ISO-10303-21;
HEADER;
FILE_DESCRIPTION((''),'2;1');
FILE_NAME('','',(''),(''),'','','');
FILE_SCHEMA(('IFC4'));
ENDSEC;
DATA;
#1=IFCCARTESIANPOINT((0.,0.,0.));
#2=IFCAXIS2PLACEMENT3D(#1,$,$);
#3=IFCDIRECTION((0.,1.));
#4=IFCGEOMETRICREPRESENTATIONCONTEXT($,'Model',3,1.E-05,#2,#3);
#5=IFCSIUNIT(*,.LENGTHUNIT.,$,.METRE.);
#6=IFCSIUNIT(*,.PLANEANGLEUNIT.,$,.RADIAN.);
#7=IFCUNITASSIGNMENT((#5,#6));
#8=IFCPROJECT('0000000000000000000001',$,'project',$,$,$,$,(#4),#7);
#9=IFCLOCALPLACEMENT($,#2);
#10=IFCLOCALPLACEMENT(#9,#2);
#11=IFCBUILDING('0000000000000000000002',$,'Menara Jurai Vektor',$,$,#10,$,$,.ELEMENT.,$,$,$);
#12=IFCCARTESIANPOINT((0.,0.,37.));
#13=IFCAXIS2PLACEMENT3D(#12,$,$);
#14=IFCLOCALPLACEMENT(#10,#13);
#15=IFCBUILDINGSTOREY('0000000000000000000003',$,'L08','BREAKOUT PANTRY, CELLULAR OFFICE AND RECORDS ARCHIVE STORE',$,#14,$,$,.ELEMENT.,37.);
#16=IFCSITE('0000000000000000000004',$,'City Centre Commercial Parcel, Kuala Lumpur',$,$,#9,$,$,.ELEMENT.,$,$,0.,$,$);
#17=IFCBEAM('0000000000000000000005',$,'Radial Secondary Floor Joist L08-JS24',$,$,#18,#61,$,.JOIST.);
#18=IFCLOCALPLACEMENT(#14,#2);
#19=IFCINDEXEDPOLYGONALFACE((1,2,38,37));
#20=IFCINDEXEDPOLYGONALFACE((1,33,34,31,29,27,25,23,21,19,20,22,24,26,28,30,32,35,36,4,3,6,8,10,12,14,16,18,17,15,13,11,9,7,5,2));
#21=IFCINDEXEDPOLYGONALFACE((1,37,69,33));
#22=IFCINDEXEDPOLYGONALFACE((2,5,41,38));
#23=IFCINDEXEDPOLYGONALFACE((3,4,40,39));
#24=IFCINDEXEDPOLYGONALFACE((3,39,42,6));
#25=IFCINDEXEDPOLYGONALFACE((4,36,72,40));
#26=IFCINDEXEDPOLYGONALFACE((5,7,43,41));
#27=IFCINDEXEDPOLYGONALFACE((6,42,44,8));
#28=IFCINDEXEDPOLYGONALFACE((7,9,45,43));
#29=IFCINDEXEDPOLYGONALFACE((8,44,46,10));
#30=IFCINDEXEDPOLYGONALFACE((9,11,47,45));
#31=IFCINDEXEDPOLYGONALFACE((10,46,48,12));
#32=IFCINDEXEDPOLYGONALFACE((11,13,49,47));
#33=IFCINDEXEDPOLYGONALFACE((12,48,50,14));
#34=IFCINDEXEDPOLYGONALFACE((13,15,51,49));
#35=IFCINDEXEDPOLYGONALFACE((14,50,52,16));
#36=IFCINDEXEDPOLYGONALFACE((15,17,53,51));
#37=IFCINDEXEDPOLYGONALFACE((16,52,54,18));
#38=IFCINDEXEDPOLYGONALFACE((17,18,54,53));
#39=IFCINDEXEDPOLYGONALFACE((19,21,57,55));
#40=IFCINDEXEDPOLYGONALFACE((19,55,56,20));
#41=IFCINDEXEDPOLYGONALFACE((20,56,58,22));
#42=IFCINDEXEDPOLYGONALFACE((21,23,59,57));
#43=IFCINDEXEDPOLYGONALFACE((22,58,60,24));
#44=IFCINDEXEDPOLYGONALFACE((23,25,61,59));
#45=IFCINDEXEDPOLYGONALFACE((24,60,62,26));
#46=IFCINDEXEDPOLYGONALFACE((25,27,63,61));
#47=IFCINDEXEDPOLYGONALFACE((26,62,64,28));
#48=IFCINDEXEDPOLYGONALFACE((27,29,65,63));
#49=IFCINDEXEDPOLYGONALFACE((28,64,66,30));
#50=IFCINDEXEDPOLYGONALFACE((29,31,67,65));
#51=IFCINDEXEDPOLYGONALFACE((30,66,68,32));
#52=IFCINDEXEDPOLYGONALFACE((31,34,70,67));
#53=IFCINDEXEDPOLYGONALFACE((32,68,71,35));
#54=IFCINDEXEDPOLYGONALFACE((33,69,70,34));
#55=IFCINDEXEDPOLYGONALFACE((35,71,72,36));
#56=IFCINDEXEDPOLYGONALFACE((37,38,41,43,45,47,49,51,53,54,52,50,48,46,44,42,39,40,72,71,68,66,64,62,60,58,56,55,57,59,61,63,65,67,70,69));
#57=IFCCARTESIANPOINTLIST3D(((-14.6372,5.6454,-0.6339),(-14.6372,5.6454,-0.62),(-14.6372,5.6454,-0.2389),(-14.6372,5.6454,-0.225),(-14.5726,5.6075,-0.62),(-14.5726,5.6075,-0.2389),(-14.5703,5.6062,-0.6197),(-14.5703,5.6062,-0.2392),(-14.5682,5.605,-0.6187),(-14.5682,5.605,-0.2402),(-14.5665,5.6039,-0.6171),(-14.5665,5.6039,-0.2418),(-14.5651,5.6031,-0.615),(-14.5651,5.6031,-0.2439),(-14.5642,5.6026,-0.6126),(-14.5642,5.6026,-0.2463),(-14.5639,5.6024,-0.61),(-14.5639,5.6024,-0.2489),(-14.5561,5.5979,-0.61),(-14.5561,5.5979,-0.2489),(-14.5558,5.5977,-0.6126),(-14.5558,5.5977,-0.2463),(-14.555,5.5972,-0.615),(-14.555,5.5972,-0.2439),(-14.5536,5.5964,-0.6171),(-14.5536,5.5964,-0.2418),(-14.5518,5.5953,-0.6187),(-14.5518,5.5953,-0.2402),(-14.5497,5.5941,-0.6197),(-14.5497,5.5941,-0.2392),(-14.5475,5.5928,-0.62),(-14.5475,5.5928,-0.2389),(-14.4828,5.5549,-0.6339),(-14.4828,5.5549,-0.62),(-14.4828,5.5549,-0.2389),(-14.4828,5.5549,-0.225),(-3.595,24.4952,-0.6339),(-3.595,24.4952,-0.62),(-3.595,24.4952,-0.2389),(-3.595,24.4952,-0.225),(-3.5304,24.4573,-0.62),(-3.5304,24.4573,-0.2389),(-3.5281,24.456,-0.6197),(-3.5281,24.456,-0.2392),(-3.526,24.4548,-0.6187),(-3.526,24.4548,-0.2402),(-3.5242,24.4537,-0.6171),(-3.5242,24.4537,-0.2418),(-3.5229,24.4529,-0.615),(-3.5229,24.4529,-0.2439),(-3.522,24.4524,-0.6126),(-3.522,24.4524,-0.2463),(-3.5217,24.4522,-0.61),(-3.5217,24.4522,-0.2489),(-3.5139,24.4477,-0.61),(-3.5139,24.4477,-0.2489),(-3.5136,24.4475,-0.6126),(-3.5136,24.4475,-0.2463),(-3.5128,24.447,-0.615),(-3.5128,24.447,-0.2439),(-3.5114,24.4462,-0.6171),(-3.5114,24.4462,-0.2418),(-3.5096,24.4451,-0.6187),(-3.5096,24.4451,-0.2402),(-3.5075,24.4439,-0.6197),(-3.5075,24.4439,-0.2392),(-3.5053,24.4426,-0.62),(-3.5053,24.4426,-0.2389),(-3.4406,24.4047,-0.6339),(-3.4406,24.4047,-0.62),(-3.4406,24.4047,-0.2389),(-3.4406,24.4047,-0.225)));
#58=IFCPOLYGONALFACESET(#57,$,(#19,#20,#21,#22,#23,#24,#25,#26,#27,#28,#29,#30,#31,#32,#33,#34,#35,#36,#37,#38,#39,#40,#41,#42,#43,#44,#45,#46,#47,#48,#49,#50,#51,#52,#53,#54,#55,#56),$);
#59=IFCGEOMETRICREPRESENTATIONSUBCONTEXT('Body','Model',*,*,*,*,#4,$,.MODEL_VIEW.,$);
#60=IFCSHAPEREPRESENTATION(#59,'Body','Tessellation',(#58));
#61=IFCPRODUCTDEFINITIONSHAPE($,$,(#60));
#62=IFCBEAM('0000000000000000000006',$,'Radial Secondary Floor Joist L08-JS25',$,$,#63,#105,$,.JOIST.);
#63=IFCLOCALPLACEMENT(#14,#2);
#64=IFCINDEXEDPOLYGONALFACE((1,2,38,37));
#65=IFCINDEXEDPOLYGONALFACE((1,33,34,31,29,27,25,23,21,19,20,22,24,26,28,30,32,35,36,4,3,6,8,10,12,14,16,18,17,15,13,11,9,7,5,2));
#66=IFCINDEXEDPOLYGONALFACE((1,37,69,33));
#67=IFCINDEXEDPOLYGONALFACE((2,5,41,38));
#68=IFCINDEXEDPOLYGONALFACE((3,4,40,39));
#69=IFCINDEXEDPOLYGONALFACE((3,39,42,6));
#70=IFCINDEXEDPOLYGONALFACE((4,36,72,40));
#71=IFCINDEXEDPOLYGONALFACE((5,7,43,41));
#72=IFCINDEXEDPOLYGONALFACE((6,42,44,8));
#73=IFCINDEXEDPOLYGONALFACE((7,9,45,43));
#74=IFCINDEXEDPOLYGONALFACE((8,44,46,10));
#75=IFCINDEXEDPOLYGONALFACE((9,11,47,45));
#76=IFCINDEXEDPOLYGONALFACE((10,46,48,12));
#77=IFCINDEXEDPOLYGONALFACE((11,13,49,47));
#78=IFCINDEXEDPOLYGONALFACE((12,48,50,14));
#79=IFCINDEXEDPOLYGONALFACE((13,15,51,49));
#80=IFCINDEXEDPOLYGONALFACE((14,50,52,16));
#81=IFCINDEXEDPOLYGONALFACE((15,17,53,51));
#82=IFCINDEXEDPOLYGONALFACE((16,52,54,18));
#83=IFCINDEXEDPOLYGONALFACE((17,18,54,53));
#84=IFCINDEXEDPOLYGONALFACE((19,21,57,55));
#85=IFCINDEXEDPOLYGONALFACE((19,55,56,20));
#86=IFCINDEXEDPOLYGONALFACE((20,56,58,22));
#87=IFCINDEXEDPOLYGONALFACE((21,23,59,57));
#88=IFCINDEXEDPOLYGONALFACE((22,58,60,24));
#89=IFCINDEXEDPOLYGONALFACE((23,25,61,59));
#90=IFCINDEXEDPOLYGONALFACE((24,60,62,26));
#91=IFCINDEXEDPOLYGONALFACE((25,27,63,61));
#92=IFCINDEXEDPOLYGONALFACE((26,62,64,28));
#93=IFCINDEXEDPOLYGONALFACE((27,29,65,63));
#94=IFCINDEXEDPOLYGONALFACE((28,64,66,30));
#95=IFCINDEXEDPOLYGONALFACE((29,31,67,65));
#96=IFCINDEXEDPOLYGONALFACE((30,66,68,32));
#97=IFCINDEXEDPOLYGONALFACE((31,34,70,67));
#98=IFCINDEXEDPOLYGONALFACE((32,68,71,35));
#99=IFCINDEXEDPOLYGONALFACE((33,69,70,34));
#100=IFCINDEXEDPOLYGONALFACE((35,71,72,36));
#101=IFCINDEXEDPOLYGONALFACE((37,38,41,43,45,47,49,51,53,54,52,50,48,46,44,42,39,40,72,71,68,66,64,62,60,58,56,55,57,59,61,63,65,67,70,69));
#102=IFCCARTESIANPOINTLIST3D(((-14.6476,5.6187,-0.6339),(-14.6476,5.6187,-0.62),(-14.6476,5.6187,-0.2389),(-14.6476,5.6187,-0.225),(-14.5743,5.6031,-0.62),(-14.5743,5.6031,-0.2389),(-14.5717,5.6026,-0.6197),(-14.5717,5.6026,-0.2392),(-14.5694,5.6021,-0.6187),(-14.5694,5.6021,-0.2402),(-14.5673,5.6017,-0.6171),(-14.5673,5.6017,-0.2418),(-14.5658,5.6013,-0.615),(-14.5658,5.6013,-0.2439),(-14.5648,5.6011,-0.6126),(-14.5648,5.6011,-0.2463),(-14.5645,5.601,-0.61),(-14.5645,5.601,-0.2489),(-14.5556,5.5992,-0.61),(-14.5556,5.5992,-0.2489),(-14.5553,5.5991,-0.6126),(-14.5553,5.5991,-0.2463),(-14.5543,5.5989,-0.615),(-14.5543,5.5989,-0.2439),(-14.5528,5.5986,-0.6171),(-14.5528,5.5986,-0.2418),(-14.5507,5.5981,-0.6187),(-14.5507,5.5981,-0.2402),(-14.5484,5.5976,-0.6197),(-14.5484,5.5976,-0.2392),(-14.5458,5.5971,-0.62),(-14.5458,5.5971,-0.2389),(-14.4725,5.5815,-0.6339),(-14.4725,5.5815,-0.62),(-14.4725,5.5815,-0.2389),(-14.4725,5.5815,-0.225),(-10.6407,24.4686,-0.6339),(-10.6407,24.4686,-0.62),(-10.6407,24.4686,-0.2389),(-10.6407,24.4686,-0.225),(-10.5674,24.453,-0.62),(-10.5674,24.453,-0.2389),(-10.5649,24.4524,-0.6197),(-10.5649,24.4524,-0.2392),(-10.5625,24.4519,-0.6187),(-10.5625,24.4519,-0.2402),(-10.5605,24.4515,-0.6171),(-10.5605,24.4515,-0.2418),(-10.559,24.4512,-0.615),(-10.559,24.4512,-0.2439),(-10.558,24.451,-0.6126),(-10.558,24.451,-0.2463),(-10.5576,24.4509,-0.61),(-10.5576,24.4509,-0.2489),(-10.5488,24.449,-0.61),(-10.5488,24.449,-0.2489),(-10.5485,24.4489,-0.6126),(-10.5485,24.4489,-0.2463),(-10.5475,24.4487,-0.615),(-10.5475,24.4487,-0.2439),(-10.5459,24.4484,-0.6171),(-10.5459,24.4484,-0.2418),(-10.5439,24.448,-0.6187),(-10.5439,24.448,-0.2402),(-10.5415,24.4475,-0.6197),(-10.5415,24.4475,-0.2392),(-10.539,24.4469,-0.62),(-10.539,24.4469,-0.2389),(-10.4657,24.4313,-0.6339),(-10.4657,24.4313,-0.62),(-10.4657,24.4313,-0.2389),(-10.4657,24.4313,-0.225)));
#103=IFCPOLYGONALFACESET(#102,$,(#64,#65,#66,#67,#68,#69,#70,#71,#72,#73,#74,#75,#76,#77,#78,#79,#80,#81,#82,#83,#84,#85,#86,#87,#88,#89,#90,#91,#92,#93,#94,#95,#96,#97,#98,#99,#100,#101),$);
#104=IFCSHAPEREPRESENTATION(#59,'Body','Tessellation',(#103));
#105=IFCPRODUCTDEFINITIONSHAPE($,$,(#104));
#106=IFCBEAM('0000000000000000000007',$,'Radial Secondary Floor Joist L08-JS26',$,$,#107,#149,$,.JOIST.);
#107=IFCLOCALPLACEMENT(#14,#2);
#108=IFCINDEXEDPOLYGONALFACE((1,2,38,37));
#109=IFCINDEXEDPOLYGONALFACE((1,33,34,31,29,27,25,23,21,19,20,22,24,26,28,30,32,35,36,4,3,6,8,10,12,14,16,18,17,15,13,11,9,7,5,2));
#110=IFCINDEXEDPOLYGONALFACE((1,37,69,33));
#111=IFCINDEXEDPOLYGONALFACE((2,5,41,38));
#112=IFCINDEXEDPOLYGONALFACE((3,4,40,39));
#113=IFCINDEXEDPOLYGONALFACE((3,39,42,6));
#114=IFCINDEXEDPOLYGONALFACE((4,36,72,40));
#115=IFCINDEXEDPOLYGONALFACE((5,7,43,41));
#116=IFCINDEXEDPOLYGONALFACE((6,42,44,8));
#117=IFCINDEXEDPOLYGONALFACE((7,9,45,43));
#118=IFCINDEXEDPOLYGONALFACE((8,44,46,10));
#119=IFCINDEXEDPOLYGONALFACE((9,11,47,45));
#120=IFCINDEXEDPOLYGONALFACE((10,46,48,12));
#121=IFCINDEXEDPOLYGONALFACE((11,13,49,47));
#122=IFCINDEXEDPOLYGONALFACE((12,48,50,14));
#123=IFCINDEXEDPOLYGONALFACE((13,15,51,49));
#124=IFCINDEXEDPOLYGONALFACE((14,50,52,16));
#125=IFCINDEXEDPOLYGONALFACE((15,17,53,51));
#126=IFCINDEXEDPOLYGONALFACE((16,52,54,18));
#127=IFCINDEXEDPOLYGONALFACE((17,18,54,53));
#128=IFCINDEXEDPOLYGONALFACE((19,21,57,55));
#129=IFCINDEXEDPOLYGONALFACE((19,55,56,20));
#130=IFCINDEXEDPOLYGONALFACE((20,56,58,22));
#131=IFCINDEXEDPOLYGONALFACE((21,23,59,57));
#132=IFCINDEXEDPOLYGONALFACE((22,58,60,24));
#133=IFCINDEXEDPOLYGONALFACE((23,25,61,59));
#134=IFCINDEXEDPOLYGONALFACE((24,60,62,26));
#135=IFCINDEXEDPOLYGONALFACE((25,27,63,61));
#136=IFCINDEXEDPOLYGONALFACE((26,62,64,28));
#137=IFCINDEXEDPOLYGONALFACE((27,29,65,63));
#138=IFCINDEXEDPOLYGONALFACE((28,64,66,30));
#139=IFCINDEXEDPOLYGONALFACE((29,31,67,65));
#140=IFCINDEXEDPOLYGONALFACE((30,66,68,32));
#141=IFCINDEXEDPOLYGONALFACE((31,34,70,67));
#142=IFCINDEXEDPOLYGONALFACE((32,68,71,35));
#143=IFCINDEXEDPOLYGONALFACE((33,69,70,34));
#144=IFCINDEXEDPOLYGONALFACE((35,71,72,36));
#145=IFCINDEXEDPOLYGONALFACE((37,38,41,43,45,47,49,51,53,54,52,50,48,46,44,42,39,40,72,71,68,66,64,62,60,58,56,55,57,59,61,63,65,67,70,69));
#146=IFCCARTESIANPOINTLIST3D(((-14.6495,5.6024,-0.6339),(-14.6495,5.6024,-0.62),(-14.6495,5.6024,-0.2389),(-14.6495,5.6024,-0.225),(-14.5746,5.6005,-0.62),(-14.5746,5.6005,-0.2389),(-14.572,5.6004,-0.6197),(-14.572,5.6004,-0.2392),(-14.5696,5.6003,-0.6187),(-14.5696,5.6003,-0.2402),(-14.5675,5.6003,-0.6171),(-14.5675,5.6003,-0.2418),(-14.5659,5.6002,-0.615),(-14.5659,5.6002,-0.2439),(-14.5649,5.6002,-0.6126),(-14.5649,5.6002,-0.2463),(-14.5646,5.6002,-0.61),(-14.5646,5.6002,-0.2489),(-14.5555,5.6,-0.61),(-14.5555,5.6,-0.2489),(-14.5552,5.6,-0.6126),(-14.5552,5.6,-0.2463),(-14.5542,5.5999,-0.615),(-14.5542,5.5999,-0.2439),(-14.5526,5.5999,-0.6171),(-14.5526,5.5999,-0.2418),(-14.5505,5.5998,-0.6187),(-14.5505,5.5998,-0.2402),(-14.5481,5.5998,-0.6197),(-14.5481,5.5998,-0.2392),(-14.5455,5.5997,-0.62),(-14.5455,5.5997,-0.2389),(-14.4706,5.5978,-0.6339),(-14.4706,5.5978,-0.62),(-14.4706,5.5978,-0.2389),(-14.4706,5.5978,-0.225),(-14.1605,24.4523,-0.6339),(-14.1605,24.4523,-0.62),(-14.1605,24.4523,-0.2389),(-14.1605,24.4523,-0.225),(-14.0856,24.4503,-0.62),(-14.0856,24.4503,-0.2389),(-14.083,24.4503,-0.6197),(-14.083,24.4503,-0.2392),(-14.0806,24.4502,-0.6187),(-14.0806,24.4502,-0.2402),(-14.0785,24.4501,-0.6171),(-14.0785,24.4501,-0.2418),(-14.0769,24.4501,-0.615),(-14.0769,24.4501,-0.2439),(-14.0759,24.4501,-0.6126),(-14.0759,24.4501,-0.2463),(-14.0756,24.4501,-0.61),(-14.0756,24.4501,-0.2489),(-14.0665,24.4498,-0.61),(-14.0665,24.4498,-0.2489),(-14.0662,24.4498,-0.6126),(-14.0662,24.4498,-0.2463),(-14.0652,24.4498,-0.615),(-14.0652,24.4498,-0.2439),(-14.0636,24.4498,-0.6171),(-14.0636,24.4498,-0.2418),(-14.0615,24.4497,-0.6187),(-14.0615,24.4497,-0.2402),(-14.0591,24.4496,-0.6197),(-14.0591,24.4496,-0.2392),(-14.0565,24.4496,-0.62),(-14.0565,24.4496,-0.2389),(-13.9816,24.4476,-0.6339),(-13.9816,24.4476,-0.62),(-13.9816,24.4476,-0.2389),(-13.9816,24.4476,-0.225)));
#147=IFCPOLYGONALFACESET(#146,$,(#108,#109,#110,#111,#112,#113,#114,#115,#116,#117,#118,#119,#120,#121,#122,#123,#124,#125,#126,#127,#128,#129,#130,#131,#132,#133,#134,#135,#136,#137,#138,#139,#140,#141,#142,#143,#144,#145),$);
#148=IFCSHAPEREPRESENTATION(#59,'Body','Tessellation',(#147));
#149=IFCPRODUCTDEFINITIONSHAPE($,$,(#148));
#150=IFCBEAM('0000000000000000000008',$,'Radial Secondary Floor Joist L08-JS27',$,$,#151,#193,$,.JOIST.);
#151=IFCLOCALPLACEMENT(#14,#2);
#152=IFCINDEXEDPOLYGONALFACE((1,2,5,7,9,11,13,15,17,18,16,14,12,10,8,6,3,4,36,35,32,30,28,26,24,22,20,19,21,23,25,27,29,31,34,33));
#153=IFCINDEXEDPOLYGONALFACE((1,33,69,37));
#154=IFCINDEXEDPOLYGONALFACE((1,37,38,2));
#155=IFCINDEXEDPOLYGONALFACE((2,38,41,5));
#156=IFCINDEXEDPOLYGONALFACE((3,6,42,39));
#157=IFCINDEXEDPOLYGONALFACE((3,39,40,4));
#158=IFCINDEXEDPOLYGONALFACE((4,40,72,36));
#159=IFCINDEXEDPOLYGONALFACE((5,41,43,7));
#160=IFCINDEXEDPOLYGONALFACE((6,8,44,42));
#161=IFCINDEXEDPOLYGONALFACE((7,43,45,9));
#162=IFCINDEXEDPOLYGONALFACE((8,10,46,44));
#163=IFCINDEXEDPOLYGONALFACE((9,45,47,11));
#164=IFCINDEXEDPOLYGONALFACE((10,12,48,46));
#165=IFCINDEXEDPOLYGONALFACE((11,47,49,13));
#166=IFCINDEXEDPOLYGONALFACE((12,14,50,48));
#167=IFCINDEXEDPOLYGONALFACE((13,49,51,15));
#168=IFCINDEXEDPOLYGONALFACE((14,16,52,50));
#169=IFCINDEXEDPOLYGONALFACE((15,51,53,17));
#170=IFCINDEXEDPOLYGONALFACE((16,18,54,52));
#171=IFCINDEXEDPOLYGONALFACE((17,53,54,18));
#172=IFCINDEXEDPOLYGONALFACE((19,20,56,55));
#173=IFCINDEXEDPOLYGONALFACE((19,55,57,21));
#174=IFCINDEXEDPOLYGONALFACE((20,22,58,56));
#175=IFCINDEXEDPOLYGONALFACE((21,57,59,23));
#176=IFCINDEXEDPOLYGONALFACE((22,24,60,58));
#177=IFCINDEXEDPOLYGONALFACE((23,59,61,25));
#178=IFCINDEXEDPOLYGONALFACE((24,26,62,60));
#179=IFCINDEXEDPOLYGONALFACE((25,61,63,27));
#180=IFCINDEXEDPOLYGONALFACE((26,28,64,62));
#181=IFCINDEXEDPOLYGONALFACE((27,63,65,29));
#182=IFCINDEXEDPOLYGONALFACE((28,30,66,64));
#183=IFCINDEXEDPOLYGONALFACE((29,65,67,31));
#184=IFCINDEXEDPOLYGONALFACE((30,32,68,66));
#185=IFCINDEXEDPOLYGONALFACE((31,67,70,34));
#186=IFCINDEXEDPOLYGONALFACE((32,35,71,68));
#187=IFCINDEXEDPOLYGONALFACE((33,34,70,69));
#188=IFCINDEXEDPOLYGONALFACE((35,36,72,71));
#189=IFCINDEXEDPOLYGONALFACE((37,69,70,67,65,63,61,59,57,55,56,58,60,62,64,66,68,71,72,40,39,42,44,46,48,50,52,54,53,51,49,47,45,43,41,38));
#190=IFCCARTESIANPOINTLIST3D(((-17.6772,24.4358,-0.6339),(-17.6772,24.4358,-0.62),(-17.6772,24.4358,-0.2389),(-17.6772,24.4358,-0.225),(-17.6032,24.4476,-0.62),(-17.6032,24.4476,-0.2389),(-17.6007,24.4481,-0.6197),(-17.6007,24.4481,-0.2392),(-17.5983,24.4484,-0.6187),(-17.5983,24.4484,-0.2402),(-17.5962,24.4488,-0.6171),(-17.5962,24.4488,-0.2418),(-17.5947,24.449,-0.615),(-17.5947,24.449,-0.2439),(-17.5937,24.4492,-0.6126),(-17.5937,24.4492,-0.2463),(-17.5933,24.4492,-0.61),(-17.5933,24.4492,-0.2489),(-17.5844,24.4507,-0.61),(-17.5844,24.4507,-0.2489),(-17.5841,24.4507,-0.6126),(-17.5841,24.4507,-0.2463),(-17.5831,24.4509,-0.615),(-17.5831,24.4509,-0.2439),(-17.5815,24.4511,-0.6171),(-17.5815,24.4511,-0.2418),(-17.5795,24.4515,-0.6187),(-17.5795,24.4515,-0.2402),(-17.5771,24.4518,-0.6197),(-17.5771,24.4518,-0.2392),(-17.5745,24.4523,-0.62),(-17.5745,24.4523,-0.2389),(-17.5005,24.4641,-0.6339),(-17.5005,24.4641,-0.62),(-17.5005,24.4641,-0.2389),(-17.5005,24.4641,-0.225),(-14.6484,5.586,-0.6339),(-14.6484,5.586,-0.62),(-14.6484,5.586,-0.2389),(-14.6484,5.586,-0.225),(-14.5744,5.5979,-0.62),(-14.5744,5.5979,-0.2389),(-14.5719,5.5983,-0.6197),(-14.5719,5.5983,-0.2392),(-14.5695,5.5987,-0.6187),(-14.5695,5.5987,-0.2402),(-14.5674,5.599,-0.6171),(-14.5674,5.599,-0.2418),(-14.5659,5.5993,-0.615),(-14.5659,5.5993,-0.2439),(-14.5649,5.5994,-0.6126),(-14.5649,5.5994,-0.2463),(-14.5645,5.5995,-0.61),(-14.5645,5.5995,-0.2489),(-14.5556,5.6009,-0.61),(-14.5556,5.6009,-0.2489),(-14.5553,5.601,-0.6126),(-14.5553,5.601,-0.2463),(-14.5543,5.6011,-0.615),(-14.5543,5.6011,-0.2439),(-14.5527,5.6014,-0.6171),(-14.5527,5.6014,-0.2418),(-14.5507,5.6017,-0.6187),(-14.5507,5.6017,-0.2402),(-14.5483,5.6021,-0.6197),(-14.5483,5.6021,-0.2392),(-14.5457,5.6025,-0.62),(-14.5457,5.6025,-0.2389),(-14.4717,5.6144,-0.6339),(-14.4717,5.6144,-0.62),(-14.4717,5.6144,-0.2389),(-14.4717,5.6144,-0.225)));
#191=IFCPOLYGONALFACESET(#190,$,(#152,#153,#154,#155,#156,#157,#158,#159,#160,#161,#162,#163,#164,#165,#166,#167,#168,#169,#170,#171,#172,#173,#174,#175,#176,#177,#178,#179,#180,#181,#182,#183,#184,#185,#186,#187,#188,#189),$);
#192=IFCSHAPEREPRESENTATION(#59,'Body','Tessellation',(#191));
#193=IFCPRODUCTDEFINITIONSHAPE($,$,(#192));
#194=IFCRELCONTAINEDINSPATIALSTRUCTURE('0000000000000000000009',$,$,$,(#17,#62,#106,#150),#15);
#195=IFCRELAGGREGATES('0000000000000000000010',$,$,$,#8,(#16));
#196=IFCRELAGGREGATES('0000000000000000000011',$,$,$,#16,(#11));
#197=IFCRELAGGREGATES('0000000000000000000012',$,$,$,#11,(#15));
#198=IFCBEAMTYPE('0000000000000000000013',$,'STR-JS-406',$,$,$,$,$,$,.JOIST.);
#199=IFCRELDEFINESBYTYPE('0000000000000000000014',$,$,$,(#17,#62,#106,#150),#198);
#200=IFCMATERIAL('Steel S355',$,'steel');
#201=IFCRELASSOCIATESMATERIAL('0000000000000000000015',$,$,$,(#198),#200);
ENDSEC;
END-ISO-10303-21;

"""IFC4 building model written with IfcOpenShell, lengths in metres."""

from ifc_helpers import new_model, si_unit, direction, frame, origin, origin_2d, place, context, subcontext, project, spatial, i_section, extrude, material, material_profile, profile_set, type_object, element, save


model = new_model("IFC4")

# Units and contexts
model_context = context("Model", 3, precision=1e-05, world=origin(), true_north=direction((0.0, 1.0)))
body_context = subcontext(model_context, "Body", "Model", "MODEL_VIEW")
ifc_project = project(units=[si_unit("LENGTHUNIT", "METRE"), si_unit("PLANEANGLEUNIT", "RADIAN")], contexts=[model_context])

# Site, building, storey
site_placement = place(None, origin())
site = spatial("IfcSite", under=ifc_project, at=site_placement, Name="City Centre Commercial Parcel, Kuala Lumpur", CompositionType="ELEMENT", RefElevation=0.0)
building_placement = place(site_placement, origin())
building = spatial("IfcBuilding", under=site, at=building_placement, Name="Menara Jurai Vektor", CompositionType="ELEMENT")
storey_placement = place(building_placement, frame((0.0, 0.0, 37.0)))
storey = spatial("IfcBuildingStorey", under=building, at=storey_placement, Name="L08", Description="BREAKOUT PANTRY, CELLULAR OFFICE AND RECORDS ARCHIVE STORE", CompositionType="ELEMENT", Elevation=37.0)

# Beams
ifc_material_1 = material(Name="Steel S355", Category="steel")
ifc_material_profile_1 = material_profile(ifc_material_1, i_section(OverallWidth=0.179, OverallDepth=0.4089, WebThickness=0.009, FlangeThickness=0.0139, FilletRadius=0.01, at=origin_2d()), Name="UKB 406x178x67")
ifc_profile_set_1 = profile_set([ifc_material_profile_1], Name="Steel S355")
beam_type_1 = type_object("IfcBeamType", Name="STR-JS-406", PredefinedType="JOIST", material=ifc_profile_set_1)
beam_1_placement = place(storey_placement, frame((-3.5178, 24.45, -0.4294), z_axis=(-0.505458, -0.862851, 0.0), x_axis=(0.862851, -0.505458, 0.0)))
element("IfcBeam", 1, at=beam_1_placement, inside=storey, type_object=beam_type_1, Name="Radial Secondary Floor Joist L08-JS24", PredefinedType="JOIST", context=body_context, shape_type="SweptSolid", body=[
    extrude(i_section(OverallWidth=0.179, OverallDepth=0.4089, WebThickness=0.009, FlangeThickness=0.0139, FilletRadius=0.01, at=origin_2d()), origin(), (0.0, 0.0, 1.0), 21.8459),
])
beam_2_placement = place(storey_placement, frame((-10.5532, 24.45, -0.4294), z_axis=(-0.20792, -0.978146, 0.0), x_axis=(0.978146, -0.20792, 0.0)))
element("IfcBeam", 2, at=beam_2_placement, inside=storey, type_object=beam_type_1, Name="Radial Secondary Floor Joist L08-JS25", PredefinedType="JOIST", context=body_context, shape_type="SweptSolid", body=[
    extrude(i_section(OverallWidth=0.179, OverallDepth=0.4089, WebThickness=0.009, FlangeThickness=0.0139, FilletRadius=0.01, at=origin_2d()), origin(), (0.0, 0.0, 1.0), 19.271),
])
beam_3_placement = place(storey_placement, frame((-14.071, 24.45, -0.4294), z_axis=(-0.025934, -0.999664, 0.0), x_axis=(0.999664, -0.025934, 0.0)))
element("IfcBeam", 3, at=beam_3_placement, inside=storey, type_object=beam_type_1, Name="Radial Secondary Floor Joist L08-JS26", PredefinedType="JOIST", context=body_context, shape_type="SweptSolid", body=[
    extrude(i_section(OverallWidth=0.179, OverallDepth=0.4089, WebThickness=0.009, FlangeThickness=0.0139, FilletRadius=0.01, at=origin_2d()), origin(), (0.0, 0.0, 1.0), 18.8562),
])
beam_4_placement = place(storey_placement, frame((-17.5889, 24.45, -0.4294), z_axis=(0.158646, -0.987336, 0.0), x_axis=(0.987336, 0.158646, 0.0)))
element("IfcBeam", 4, at=beam_4_placement, inside=storey, type_object=beam_type_1, Name="Radial Secondary Floor Joist L08-JS27", PredefinedType="JOIST", context=body_context, shape_type="SweptSolid", body=[
    extrude(i_section(OverallWidth=0.179, OverallDepth=0.4089, WebThickness=0.009, FlangeThickness=0.0139, FilletRadius=0.01, at=origin_2d()), origin(), (0.0, 0.0, 1.0), 19.0916),
])

save(model, "model.ifc")
